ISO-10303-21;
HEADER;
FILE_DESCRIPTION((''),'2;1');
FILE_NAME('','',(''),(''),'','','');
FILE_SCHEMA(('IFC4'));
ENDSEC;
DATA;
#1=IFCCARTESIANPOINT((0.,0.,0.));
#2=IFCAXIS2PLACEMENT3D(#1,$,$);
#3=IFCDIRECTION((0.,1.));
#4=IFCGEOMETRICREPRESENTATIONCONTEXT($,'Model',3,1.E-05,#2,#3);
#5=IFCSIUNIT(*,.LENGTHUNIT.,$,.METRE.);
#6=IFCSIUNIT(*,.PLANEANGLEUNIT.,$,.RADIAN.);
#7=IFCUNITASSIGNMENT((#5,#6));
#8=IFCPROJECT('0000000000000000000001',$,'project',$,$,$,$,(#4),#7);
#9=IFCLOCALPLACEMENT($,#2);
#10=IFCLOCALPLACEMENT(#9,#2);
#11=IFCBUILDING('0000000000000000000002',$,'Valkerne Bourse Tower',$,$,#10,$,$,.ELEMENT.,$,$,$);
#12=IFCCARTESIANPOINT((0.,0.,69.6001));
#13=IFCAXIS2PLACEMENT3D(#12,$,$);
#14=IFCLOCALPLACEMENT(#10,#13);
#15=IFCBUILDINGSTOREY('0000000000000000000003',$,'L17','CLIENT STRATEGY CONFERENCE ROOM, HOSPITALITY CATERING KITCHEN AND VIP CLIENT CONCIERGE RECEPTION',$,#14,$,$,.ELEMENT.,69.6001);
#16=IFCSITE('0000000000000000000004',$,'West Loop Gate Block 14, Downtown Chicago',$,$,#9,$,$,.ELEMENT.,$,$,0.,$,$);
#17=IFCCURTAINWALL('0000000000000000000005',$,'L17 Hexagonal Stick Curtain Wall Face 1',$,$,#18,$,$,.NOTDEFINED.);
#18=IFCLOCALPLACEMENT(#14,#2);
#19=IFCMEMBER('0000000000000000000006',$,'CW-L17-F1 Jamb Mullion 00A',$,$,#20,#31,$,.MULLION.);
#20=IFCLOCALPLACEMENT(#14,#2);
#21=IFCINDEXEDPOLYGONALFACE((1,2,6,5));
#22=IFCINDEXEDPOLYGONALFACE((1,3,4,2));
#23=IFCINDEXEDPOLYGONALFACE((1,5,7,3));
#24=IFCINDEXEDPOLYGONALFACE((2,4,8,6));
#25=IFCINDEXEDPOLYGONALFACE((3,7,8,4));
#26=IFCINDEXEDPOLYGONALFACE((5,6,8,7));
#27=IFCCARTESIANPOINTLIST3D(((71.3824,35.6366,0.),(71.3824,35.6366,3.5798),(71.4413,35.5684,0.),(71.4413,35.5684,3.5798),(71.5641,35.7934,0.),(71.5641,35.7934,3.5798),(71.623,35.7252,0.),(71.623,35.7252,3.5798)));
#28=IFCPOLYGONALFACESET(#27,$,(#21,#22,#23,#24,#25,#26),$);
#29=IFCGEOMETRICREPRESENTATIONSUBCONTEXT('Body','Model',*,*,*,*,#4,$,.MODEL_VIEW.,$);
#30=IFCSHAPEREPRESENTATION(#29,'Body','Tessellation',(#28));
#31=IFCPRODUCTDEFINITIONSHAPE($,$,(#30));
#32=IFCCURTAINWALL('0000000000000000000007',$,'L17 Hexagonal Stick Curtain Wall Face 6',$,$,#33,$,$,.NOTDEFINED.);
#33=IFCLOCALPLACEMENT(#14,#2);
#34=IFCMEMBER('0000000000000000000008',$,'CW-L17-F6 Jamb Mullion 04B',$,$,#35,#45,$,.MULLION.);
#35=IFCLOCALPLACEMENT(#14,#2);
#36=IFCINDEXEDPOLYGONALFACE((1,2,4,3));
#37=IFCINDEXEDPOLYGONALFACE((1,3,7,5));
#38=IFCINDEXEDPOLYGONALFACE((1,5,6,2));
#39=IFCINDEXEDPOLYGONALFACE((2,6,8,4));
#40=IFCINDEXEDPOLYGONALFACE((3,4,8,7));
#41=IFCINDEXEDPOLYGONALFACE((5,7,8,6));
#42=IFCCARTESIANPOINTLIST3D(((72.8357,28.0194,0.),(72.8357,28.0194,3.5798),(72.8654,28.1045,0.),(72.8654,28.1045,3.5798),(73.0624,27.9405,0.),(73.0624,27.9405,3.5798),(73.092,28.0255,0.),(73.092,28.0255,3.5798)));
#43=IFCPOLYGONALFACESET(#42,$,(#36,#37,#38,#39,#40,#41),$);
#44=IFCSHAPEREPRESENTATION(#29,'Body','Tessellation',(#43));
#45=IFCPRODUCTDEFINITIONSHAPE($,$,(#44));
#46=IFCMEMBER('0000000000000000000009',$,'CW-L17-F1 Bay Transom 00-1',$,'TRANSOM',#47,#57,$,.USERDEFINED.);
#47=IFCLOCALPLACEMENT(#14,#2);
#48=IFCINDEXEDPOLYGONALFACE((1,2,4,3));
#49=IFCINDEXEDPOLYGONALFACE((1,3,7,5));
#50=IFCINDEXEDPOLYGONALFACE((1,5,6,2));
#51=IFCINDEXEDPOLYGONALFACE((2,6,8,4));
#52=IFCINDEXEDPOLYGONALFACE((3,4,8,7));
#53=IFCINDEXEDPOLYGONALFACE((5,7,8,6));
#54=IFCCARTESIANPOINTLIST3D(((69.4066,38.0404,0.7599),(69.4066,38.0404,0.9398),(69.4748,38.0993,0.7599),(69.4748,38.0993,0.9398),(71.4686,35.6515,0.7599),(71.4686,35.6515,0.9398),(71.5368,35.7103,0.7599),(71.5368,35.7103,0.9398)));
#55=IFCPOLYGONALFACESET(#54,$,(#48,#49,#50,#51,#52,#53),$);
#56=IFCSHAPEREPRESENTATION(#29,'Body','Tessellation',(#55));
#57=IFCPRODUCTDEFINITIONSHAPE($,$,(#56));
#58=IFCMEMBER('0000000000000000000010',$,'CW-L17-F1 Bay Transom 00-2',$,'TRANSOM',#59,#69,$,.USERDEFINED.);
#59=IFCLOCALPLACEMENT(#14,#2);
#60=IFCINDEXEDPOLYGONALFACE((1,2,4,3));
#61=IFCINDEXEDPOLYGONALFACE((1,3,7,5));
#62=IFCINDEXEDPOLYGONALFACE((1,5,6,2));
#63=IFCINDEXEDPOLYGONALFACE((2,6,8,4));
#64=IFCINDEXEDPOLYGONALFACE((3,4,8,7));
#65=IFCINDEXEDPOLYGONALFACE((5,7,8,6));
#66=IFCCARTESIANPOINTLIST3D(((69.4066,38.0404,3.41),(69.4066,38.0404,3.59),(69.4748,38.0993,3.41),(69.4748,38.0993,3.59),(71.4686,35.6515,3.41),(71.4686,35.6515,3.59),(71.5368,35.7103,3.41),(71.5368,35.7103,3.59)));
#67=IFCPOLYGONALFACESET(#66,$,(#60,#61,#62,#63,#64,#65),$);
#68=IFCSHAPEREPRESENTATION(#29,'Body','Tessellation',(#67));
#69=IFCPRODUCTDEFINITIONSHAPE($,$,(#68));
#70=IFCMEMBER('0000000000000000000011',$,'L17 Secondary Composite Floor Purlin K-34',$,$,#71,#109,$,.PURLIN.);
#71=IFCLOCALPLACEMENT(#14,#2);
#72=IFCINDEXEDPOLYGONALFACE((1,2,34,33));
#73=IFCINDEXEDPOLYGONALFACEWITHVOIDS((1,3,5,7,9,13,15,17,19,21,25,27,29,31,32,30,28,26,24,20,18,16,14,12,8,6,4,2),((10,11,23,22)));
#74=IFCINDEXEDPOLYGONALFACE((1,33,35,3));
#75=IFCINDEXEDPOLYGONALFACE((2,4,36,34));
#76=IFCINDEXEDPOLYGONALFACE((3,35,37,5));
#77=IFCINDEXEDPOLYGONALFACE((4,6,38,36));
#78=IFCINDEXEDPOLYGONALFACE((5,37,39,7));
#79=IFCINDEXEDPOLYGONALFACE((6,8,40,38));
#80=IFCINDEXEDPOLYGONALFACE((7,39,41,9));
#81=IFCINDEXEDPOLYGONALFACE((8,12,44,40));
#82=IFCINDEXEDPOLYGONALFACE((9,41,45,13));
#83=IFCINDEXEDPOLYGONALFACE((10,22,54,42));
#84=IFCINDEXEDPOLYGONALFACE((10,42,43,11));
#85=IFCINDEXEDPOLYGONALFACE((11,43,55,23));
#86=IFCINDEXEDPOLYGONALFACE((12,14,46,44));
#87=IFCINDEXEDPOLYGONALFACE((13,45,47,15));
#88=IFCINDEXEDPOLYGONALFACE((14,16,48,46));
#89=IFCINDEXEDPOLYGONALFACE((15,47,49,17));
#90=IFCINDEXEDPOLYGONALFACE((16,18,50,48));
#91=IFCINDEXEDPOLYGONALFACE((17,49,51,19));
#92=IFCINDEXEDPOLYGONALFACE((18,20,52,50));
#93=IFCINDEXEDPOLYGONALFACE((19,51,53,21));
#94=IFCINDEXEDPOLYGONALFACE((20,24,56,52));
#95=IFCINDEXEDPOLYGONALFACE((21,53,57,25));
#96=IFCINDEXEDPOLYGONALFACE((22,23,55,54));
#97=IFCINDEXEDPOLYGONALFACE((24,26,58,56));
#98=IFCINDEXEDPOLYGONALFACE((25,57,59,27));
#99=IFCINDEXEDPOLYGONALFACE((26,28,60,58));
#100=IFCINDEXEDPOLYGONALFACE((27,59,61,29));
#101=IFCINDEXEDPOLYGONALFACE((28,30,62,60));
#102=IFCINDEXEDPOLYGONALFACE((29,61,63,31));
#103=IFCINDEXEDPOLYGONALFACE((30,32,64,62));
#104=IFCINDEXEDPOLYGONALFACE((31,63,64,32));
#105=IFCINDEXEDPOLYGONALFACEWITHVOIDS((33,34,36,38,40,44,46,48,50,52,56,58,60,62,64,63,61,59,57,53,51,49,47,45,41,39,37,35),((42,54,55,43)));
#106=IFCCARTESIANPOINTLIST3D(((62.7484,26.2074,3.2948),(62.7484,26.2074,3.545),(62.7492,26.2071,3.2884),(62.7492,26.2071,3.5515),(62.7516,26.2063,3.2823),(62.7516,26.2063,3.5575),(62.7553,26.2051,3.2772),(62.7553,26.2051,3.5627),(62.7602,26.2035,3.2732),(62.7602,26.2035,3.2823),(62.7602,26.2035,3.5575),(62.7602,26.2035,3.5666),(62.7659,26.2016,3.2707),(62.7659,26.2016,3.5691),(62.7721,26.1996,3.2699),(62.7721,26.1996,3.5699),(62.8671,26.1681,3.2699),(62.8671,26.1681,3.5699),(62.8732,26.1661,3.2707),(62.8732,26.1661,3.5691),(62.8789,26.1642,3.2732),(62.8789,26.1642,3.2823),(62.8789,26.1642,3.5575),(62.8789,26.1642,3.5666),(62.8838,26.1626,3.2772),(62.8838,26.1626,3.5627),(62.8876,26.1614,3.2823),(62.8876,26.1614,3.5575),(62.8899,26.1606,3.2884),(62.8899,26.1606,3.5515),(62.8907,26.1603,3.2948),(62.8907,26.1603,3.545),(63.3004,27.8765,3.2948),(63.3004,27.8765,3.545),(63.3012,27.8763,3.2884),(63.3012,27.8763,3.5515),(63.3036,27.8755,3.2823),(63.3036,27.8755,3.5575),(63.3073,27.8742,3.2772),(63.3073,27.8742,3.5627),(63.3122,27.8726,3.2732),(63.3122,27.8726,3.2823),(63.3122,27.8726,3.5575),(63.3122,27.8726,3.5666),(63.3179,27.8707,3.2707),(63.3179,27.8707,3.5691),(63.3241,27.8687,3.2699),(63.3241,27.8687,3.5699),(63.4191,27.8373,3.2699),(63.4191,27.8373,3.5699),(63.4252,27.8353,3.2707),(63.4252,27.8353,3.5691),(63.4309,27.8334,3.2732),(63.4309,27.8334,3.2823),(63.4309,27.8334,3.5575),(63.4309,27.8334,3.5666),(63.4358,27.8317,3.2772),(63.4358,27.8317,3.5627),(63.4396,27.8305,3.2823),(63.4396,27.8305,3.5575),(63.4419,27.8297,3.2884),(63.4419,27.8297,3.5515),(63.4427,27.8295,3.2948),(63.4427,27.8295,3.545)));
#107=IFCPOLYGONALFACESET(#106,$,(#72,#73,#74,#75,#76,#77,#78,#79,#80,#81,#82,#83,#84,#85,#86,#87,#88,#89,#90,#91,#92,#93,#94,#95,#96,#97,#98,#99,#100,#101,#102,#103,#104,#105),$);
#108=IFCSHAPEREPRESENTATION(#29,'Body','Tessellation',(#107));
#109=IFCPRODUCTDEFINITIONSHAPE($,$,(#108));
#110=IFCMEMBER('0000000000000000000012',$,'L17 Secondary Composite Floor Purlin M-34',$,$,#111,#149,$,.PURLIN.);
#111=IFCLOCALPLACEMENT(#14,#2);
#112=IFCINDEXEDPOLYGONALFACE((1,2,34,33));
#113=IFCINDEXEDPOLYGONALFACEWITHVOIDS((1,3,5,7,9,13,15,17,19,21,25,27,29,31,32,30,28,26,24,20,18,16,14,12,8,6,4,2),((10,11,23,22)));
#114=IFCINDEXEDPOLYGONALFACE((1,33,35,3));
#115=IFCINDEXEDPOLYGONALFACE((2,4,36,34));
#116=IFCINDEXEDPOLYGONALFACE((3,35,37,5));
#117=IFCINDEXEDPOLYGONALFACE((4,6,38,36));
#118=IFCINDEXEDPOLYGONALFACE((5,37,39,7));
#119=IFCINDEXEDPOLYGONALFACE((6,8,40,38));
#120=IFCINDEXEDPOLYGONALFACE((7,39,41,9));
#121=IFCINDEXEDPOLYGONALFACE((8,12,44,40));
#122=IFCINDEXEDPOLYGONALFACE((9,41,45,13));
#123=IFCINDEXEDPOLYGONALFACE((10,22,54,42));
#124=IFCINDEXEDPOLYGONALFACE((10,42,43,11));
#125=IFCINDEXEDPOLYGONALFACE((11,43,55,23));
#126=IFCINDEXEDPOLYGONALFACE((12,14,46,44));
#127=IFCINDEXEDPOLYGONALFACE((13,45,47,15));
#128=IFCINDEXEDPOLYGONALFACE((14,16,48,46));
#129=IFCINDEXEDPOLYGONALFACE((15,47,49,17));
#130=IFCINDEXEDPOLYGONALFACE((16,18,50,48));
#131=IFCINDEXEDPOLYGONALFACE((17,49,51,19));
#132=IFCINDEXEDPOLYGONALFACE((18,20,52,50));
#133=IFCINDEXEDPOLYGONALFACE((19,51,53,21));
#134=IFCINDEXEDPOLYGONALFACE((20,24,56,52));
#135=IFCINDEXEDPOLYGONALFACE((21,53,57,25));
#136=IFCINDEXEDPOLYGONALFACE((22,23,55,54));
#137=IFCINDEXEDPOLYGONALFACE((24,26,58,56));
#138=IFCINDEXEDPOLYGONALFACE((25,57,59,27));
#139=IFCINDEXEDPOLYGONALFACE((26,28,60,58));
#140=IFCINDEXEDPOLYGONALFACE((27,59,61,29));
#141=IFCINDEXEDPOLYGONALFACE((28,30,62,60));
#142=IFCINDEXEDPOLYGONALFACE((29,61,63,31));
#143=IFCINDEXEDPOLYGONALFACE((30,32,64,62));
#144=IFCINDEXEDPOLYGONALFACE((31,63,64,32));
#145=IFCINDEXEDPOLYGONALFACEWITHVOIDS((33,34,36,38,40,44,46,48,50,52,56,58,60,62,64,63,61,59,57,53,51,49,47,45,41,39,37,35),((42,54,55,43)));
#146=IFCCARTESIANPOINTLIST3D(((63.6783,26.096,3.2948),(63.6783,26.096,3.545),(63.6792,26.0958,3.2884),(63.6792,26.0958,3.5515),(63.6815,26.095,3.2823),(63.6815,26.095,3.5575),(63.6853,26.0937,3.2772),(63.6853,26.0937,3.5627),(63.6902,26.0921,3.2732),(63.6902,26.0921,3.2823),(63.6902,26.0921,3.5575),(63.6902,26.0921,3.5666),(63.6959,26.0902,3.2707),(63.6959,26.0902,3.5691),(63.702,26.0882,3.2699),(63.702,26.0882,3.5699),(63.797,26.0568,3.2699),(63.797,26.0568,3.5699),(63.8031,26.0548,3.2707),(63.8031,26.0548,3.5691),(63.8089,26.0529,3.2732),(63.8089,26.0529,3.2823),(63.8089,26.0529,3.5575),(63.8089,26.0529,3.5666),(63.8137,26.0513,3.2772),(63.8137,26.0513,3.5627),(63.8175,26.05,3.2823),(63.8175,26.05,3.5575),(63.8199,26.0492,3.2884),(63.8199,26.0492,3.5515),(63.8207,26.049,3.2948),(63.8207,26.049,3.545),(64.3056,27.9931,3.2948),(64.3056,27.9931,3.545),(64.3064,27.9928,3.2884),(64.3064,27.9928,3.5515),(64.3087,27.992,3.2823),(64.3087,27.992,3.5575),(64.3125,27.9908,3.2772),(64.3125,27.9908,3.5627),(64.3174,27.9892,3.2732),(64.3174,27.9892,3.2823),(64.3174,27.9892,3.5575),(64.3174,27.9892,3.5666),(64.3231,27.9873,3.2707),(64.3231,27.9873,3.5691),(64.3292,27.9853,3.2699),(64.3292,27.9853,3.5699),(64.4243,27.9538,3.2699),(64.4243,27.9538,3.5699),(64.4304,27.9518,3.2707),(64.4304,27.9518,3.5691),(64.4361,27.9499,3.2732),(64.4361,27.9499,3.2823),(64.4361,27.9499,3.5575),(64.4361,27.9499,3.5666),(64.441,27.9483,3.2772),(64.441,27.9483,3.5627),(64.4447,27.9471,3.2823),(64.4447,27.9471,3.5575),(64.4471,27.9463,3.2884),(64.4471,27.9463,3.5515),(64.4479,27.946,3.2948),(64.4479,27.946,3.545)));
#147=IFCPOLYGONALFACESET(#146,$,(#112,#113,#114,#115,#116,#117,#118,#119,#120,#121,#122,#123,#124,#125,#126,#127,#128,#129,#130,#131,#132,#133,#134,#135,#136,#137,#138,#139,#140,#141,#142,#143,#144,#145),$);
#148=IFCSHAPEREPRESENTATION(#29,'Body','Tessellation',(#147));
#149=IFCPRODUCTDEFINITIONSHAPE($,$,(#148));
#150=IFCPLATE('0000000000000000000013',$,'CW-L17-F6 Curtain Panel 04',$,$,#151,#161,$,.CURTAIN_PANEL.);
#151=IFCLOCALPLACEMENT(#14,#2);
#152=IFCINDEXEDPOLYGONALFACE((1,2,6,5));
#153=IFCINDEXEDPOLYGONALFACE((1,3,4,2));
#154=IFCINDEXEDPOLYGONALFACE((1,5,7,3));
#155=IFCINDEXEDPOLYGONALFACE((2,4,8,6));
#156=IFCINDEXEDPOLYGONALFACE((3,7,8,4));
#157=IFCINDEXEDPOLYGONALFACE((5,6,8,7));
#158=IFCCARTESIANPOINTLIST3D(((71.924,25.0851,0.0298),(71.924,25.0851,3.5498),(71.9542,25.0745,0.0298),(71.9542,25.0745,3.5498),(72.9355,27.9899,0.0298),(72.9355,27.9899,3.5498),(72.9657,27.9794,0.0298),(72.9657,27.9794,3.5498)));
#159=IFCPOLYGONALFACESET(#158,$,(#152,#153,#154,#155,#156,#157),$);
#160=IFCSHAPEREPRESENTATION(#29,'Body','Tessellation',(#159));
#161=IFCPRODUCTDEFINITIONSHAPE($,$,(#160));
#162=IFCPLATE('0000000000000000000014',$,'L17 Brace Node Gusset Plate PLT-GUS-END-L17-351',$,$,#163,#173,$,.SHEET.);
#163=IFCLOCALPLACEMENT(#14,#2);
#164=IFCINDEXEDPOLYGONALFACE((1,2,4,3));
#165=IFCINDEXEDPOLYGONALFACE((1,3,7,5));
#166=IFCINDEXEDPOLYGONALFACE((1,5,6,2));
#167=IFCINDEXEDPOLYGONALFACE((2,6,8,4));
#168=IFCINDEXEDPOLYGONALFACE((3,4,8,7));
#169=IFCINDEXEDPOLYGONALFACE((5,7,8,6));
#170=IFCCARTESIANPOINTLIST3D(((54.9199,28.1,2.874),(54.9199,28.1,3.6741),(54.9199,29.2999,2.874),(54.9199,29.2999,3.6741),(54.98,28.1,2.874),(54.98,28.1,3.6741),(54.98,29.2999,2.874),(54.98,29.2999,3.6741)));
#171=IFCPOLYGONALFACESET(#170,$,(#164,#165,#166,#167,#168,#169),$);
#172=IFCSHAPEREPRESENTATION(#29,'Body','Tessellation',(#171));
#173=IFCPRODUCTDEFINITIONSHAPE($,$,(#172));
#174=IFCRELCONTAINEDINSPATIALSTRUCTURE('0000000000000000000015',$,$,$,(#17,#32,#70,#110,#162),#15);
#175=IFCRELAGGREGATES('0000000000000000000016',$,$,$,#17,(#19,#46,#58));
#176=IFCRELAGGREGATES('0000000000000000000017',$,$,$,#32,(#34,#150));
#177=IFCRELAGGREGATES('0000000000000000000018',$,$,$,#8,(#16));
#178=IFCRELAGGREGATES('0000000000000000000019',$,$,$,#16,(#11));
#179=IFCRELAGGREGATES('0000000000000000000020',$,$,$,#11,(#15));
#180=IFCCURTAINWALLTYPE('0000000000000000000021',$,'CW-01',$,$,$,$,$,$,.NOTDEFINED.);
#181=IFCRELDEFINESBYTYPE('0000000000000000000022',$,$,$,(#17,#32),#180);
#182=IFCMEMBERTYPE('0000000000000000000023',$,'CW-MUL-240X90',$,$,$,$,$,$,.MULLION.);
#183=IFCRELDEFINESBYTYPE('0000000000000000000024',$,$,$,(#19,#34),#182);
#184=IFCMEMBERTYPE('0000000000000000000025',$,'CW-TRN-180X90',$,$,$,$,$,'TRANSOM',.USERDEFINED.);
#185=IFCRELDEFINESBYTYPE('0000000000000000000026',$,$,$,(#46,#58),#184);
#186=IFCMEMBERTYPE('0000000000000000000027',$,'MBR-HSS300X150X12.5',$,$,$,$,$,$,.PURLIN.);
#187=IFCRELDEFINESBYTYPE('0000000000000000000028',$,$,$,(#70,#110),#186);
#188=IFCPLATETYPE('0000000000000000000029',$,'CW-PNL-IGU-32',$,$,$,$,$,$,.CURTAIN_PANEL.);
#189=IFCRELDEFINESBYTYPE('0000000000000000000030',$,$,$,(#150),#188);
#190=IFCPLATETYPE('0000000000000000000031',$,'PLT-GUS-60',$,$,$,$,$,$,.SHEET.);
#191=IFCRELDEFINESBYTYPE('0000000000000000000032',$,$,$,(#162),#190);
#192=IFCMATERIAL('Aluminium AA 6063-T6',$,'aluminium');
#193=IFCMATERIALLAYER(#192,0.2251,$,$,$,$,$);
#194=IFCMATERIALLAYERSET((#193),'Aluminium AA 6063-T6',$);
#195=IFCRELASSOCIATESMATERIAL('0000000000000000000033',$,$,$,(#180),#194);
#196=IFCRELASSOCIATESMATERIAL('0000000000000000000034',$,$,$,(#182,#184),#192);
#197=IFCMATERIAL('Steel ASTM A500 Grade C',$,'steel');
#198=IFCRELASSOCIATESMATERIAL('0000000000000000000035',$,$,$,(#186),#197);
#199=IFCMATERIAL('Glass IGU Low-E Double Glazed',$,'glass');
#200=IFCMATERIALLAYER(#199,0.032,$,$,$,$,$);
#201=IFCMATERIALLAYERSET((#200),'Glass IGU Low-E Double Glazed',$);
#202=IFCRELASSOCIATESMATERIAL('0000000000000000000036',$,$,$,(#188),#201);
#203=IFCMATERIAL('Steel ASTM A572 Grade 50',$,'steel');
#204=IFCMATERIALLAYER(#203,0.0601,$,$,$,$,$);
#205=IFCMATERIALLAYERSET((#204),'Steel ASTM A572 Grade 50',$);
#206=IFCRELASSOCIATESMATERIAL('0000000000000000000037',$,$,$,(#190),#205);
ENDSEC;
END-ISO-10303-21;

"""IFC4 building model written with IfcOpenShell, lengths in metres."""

from ifc_helpers import new_model, si_unit, direction, frame, origin, origin_2d, place, context, subcontext, project, spatial, rectangle, hollow_rectangle, extrude, material, layer, layer_set, material_profile, profile_set, type_object, element, aggregate, save


model = new_model("IFC4")

# Units and contexts
model_context = context("Model", 3, precision=1e-05, world=origin(), true_north=direction((0.0, 1.0)))
body_context = subcontext(model_context, "Body", "Model", "MODEL_VIEW")
ifc_project = project(units=[si_unit("LENGTHUNIT", "METRE"), si_unit("PLANEANGLEUNIT", "RADIAN")], contexts=[model_context])

# Site, building, storey
site_placement = place(None, origin())
site = spatial("IfcSite", under=ifc_project, at=site_placement, Name="West Loop Gate Block 14, Downtown Chicago", CompositionType="ELEMENT", RefElevation=0.0)
building_placement = place(site_placement, origin())
building = spatial("IfcBuilding", under=site, at=building_placement, Name="Valkerne Bourse Tower", CompositionType="ELEMENT")
storey_placement = place(building_placement, frame((0.0, 0.0, 69.6001)))
storey = spatial("IfcBuildingStorey", under=building, at=storey_placement, Name="L17", Description="CLIENT STRATEGY CONFERENCE ROOM, HOSPITALITY CATERING KITCHEN AND VIP CLIENT CONCIERGE RECEPTION", CompositionType="ELEMENT", Elevation=69.6001)

# Curtain walls, members
ifc_material_1 = material(Name="Aluminium AA 6063-T6", Category="aluminium")
ifc_layer_1 = layer(ifc_material_1, 0.2251)
ifc_layer_set_1 = layer_set([ifc_layer_1], Name="Aluminium AA 6063-T6")
curtain_wall_type = type_object("IfcCurtainWallType", Name="CW-01", PredefinedType="NOTDEFINED", material=ifc_layer_set_1)
curtain_wall_1_placement = place(storey_placement, origin())
curtain_wall_1 = element("IfcCurtainWall", 1, at=curtain_wall_1_placement, inside=storey, type_object=curtain_wall_type, Name="L17 Hexagonal Stick Curtain Wall Face 1", PredefinedType="NOTDEFINED")
ifc_material_profile_1 = material_profile(ifc_material_1, rectangle(XDim=0.0901, YDim=0.24, at=origin_2d()), Name="CWM-90X240")
ifc_profile_set_1 = profile_set([ifc_material_profile_1], Name="Aluminium AA 6063-T6")
member_type_1 = type_object("IfcMemberType", Name="CW-MUL-240X90", PredefinedType="MULLION", material=ifc_profile_set_1)
member_1_placement = place(storey_placement, frame((71.5027, 35.6809, 0.0), z_axis=(0.0, 0.0, 1.0), x_axis=(-0.653417, 0.756998, 0.0)))
member_1 = element("IfcMember", 2, at=member_1_placement, type_object=member_type_1, Name="CW-L17-F1 Jamb Mullion 00A", PredefinedType="MULLION", context=body_context, shape_type="SweptSolid", body=[
    extrude(rectangle(XDim=0.0901, YDim=0.24, at=origin_2d()), origin(), (0.0, 0.0, 1.0), 3.5798),
])
curtain_wall_2_placement = place(storey_placement, origin())
curtain_wall_2 = element("IfcCurtainWall", 3, at=curtain_wall_2_placement, inside=storey, type_object=curtain_wall_type, Name="L17 Hexagonal Stick Curtain Wall Face 6", PredefinedType="NOTDEFINED")
member_2_placement = place(storey_placement, frame((72.9639, 28.0225, 0.0), z_axis=(0.0, 0.0, 1.0), x_axis=(0.328857, 0.94438, 0.0)))
member_2 = element("IfcMember", 4, at=member_2_placement, type_object=member_type_1, Name="CW-L17-F6 Jamb Mullion 04B", PredefinedType="MULLION", context=body_context, shape_type="SweptSolid", body=[
    extrude(rectangle(XDim=0.0901, YDim=0.24, at=origin_2d()), origin(), (0.0, 0.0, 1.0), 3.5798),
])

# Members
ifc_material_profile_2 = material_profile(ifc_material_1, rectangle(XDim=0.0901, YDim=0.1799, at=origin_2d()), Name="CWT-90X180")
ifc_profile_set_2 = profile_set([ifc_material_profile_2], Name="Aluminium AA 6063-T6")
member_type_2 = type_object("IfcMemberType", Name="CW-TRN-180X90", ElementType="TRANSOM", PredefinedType="USERDEFINED", material=ifc_profile_set_2)
member_3_placement = place(storey_placement, frame((71.5027, 35.6809, 0.8499), z_axis=(-0.653412, 0.757002, 0.0), x_axis=(-0.757002, -0.653412, 0.0)))
member_3 = element("IfcMember", 5, at=member_3_placement, type_object=member_type_2, Name="CW-L17-F1 Bay Transom 00-1", ObjectType="TRANSOM", PredefinedType="USERDEFINED", context=body_context, shape_type="SweptSolid", body=[
    extrude(rectangle(XDim=0.0901, YDim=0.1799, at=origin_2d()), origin(), (0.0, 0.0, 1.0), 3.1558),
])
member_4_placement = place(storey_placement, frame((71.5027, 35.6809, 3.5), z_axis=(-0.653412, 0.757002, 0.0), x_axis=(-0.757002, -0.653412, 0.0)))
member_4 = element("IfcMember", 6, at=member_4_placement, type_object=member_type_2, Name="CW-L17-F1 Bay Transom 00-2", ObjectType="TRANSOM", PredefinedType="USERDEFINED", context=body_context, shape_type="SweptSolid", body=[
    extrude(rectangle(XDim=0.0901, YDim=0.1799, at=origin_2d()), origin(), (0.0, 0.0, 1.0), 3.1558),
])
aggregate(curtain_wall_1, [member_1, member_3, member_4])

# Members
ifc_material_2 = material(Name="Steel ASTM A500 Grade C", Category="steel")
ifc_material_profile_3 = material_profile(ifc_material_2, hollow_rectangle(XDim=0.1499, YDim=0.3, WallThickness=0.0125, OuterFilletRadius=0.0249, at=origin_2d()), Name="HSS300X150X12.5")
ifc_profile_set_3 = profile_set([ifc_material_profile_3], Name="Steel ASTM A500 Grade C")
member_type_3 = type_object("IfcMemberType", Name="MBR-HSS300X150X12.5", PredefinedType="PURLIN", material=ifc_profile_set_3)
member_5_placement = place(storey_placement, frame((62.8196, 26.1838, 3.4199), z_axis=(0.313977, 0.949431, 0.0), x_axis=(-0.949431, 0.313977, 0.0)))
element("IfcMember", 7, at=member_5_placement, inside=storey, type_object=member_type_3, Name="L17 Secondary Composite Floor Purlin K-34", PredefinedType="PURLIN", context=body_context, shape_type="SweptSolid", body=[
    extrude(hollow_rectangle(XDim=0.1499, YDim=0.3, WallThickness=0.0125, OuterFilletRadius=0.0249, at=origin_2d()), origin(), (0.0, 0.0, 1.0), 1.7581),
])
member_6_placement = place(storey_placement, frame((63.7495, 26.0725, 3.4199), z_axis=(0.313917, 0.94945, 0.0), x_axis=(-0.94945, 0.313917, 0.0)))
element("IfcMember", 8, at=member_6_placement, inside=storey, type_object=member_type_3, Name="L17 Secondary Composite Floor Purlin M-34", PredefinedType="PURLIN", context=body_context, shape_type="SweptSolid", body=[
    extrude(hollow_rectangle(XDim=0.1499, YDim=0.3, WallThickness=0.0125, OuterFilletRadius=0.0249, at=origin_2d()), origin(), (0.0, 0.0, 1.0), 1.998),
])

# Plates
ifc_material_3 = material(Name="Glass IGU Low-E Double Glazed", Category="glass")
ifc_layer_2 = layer(ifc_material_3, 0.032)
ifc_layer_set_2 = layer_set([ifc_layer_2], Name="Glass IGU Low-E Double Glazed")
plate_type_1 = type_object("IfcPlateType", Name="CW-PNL-IGU-32", PredefinedType="CURTAIN_PANEL", material=ifc_layer_set_2)
plate_1_placement = place(storey_placement, frame((72.4448, 26.5322, 0.0298), z_axis=(0.0, 0.0, 1.0), x_axis=(0.328857, 0.94438, 0.0)))
plate_1 = element("IfcPlate", 9, at=plate_1_placement, type_object=plate_type_1, Name="CW-L17-F6 Curtain Panel 04", PredefinedType="CURTAIN_PANEL", context=body_context, shape_type="SweptSolid", body=[
    extrude(rectangle(XDim=3.0759, YDim=0.032, at=origin_2d()), origin(), (0.0, 0.0, 1.0), 3.52),
])
aggregate(curtain_wall_2, [member_2, plate_1])
ifc_material_4 = material(Name="Steel ASTM A572 Grade 50", Category="steel")
ifc_layer_3 = layer(ifc_material_4, 0.0601)
ifc_layer_set_3 = layer_set([ifc_layer_3], Name="Steel ASTM A572 Grade 50")
plate_type_2 = type_object("IfcPlateType", Name="PLT-GUS-60", PredefinedType="SHEET", material=ifc_layer_set_3)
plate_2_placement = place(storey_placement, frame((54.95, 28.7, 2.874), z_axis=(0.0, 0.0, 1.0), x_axis=(0.0, 1.0, 0.0)))
element("IfcPlate", 10, at=plate_2_placement, inside=storey, type_object=plate_type_2, Name="L17 Brace Node Gusset Plate PLT-GUS-END-L17-351", PredefinedType="SHEET", context=body_context, shape_type="SweptSolid", body=[
    extrude(rectangle(XDim=1.2, YDim=0.0601, at=origin_2d()), origin(), (0.0, 0.0, 1.0), 0.8),
])

save(model, "model.ifc")
